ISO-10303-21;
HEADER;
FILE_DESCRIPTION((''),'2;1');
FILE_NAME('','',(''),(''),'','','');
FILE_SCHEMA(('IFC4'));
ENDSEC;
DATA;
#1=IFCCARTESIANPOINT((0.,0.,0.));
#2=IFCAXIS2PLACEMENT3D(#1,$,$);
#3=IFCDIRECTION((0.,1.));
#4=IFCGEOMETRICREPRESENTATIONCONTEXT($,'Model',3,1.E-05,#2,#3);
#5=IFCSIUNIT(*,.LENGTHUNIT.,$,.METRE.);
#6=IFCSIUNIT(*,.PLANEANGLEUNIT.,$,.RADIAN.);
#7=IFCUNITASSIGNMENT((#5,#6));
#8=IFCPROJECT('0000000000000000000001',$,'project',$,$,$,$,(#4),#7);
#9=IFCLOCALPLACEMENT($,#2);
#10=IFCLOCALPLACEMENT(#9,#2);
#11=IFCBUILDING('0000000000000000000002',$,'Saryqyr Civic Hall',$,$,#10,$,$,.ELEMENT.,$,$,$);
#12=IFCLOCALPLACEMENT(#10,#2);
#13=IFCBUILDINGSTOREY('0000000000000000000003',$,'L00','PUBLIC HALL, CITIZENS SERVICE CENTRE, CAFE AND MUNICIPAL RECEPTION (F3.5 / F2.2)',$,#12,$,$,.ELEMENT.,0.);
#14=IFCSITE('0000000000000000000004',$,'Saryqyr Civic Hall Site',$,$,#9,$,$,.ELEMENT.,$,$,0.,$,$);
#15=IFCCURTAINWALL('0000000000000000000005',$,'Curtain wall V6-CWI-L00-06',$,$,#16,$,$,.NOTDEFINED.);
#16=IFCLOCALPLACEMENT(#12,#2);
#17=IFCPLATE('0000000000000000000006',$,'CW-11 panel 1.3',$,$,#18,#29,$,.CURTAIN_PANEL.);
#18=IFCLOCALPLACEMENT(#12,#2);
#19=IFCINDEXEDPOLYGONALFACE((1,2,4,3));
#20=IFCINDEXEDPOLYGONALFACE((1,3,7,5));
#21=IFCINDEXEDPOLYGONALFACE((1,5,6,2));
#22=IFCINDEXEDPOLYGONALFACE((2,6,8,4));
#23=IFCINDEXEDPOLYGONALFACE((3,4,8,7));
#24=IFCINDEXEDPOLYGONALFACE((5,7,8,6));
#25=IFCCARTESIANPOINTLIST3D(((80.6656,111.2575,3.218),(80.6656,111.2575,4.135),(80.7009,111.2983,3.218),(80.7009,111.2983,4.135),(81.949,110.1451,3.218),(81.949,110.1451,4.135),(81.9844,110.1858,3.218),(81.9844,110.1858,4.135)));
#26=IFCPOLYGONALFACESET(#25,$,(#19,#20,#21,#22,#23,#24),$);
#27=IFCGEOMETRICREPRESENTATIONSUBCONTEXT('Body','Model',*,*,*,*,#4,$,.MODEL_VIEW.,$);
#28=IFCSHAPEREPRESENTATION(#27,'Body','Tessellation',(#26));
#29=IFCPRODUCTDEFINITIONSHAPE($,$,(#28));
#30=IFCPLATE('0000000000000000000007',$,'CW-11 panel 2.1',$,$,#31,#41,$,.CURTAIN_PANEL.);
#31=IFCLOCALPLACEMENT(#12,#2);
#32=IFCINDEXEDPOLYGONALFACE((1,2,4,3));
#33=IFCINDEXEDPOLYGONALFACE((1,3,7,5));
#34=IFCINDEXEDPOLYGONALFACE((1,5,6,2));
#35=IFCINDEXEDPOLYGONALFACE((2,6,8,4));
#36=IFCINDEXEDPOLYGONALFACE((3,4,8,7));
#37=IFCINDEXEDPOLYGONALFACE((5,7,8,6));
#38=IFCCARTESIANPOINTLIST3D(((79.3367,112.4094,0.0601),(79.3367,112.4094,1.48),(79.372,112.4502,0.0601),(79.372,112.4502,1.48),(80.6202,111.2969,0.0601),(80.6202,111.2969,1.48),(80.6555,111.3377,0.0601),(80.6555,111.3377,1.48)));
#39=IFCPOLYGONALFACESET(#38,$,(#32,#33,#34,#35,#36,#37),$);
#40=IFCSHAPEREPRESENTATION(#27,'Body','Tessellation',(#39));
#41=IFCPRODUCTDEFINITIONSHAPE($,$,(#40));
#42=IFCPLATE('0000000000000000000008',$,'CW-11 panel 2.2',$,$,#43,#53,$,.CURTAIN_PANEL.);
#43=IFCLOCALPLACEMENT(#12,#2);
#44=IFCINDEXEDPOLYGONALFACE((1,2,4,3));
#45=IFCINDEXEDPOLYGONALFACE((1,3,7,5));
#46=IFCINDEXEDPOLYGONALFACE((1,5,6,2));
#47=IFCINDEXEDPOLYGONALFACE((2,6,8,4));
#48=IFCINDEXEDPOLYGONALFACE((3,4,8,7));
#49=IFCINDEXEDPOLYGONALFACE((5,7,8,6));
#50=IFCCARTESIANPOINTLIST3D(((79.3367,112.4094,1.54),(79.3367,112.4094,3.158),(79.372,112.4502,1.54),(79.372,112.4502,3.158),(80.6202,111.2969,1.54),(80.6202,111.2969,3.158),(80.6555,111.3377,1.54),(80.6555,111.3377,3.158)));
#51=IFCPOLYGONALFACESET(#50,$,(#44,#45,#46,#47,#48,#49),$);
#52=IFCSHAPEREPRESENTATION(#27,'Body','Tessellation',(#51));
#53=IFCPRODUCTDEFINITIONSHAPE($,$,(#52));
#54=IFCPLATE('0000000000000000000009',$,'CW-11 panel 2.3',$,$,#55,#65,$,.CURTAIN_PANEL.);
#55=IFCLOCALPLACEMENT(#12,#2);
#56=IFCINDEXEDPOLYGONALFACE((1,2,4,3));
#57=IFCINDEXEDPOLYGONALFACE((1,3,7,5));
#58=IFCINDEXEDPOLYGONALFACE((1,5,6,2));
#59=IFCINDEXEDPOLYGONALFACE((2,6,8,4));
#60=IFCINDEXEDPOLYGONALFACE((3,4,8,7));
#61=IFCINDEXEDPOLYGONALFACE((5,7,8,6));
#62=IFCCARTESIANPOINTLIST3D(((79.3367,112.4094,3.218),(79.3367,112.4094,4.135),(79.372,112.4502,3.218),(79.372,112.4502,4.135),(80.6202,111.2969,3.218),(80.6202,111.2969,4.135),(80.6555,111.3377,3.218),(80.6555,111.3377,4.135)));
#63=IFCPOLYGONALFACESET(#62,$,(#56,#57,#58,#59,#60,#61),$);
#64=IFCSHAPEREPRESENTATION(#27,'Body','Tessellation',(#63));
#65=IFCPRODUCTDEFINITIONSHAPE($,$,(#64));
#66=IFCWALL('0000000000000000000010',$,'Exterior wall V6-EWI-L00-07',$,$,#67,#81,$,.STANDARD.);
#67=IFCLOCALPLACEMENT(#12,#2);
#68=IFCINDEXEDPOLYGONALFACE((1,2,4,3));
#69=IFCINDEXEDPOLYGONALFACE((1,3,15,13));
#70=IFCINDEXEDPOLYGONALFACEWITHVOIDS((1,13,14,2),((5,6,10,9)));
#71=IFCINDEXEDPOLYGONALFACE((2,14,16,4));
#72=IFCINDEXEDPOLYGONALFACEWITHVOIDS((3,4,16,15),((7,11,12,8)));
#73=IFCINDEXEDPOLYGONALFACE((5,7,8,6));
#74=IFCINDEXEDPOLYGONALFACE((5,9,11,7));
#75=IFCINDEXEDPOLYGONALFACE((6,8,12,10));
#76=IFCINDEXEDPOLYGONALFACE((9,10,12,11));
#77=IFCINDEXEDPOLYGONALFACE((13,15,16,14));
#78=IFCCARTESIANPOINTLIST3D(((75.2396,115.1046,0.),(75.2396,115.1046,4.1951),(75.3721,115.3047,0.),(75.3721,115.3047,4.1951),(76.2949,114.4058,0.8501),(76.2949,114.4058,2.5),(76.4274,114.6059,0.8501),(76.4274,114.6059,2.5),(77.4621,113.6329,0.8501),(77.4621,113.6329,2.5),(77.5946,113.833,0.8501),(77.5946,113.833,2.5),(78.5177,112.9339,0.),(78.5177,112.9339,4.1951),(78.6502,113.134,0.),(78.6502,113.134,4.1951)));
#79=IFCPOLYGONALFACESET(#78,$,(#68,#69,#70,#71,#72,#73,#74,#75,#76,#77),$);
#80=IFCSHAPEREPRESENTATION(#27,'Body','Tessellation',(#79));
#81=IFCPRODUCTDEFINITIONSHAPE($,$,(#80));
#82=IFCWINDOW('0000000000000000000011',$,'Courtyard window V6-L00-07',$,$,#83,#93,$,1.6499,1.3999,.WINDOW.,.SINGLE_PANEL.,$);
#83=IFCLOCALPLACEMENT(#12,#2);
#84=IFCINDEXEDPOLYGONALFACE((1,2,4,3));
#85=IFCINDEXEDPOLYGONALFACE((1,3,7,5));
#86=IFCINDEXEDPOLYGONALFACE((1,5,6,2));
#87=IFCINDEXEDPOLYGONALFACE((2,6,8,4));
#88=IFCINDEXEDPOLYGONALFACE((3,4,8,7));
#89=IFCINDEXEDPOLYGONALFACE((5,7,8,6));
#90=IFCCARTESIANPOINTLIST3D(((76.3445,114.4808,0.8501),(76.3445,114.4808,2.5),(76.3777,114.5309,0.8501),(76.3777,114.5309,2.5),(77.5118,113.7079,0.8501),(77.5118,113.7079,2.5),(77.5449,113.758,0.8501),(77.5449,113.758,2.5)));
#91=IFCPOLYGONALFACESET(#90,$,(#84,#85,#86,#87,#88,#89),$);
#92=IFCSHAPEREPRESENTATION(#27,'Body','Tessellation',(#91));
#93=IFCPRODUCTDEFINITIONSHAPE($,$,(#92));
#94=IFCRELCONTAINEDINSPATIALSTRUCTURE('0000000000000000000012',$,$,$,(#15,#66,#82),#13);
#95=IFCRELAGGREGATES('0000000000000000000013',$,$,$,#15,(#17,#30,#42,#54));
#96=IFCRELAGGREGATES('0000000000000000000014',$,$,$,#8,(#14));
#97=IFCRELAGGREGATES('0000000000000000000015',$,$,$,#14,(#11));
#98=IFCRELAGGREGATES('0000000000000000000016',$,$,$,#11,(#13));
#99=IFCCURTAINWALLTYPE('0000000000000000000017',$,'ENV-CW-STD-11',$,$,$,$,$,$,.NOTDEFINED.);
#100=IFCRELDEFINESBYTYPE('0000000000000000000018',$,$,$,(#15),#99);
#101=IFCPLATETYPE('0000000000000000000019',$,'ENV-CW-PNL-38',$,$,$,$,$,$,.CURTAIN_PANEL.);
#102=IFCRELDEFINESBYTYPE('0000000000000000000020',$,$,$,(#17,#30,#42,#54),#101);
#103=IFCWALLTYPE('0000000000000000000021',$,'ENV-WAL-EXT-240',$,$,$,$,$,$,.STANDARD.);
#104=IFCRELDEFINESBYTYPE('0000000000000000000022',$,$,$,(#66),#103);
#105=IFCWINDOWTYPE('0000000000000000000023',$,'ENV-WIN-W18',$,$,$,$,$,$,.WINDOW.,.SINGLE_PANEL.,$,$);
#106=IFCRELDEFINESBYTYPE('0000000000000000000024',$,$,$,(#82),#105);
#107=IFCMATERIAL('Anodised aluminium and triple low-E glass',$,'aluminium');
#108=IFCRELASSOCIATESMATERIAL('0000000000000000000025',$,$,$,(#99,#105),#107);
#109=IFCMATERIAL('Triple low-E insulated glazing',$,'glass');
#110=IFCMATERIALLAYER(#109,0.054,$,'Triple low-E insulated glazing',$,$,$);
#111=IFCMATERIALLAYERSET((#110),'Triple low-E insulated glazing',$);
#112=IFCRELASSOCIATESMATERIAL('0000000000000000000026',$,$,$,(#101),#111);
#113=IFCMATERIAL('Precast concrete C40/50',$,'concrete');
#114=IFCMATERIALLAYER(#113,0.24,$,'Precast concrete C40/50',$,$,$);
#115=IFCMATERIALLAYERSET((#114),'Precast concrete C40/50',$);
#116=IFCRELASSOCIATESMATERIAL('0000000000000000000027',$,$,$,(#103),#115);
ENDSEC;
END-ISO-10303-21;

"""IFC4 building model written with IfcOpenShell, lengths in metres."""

from ifc_helpers import new_model, si_unit, direction, frame, frame_2d, origin, origin_2d, place, context, subcontext, project, spatial, rectangle, extrude, material, layer, layer_set, type_object, element, fill, aggregate, save


model = new_model("IFC4")

# Units and contexts
model_context = context("Model", 3, precision=1e-05, world=origin(), true_north=direction((0.0, 1.0)))
body_context = subcontext(model_context, "Body", "Model", "MODEL_VIEW")
ifc_project = project(units=[si_unit("LENGTHUNIT", "METRE"), si_unit("PLANEANGLEUNIT", "RADIAN")], contexts=[model_context])

# Site, building, storey
site_placement = place(None, origin())
site = spatial("IfcSite", under=ifc_project, at=site_placement, Name="Saryqyr Civic Hall Site", CompositionType="ELEMENT", RefElevation=0.0)
building_placement = place(site_placement, origin())
building = spatial("IfcBuilding", under=site, at=building_placement, Name="Saryqyr Civic Hall", CompositionType="ELEMENT")
storey_placement = place(building_placement, origin())
storey = spatial("IfcBuildingStorey", under=building, at=storey_placement, Name="L00", Description="PUBLIC HALL, CITIZENS SERVICE CENTRE, CAFE AND MUNICIPAL RECEPTION (F3.5 / F2.2)", CompositionType="ELEMENT", Elevation=0.0)

# Curtain wall
ifc_material_1 = material(Name="Anodised aluminium and triple low-E glass", Category="aluminium")
curtain_wall_type = type_object("IfcCurtainWallType", Name="ENV-CW-STD-11", PredefinedType="NOTDEFINED", material=ifc_material_1)
curtain_wall_placement = place(storey_placement, origin())
curtain_wall = element("IfcCurtainWall", 1, at=curtain_wall_placement, inside=storey, type_object=curtain_wall_type, Name="Curtain wall V6-CWI-L00-06", PredefinedType="NOTDEFINED")

# Plates
ifc_material_2 = material(Name="Triple low-E insulated glazing", Category="glass")
ifc_layer_1 = layer(ifc_material_2, 0.054, Name="Triple low-E insulated glazing")
ifc_layer_set_1 = layer_set([ifc_layer_1], Name="Triple low-E insulated glazing")
plate_type = type_object("IfcPlateType", Name="ENV-CW-PNL-38", PredefinedType="CURTAIN_PANEL", material=ifc_layer_set_1)
plate_1_placement = place(storey_placement, frame((81.325, 110.7217, 3.218), z_axis=(0.0, 0.0, 1.0), x_axis=(-0.755649, 0.654976, 0.0)))
plate_1 = element("IfcPlate", 2, at=plate_1_placement, type_object=plate_type, Name="CW-11 panel 1.3", PredefinedType="CURTAIN_PANEL", context=body_context, shape_type="SweptSolid", body=[
    extrude(rectangle(XDim=1.6985, YDim=0.054, at=origin_2d()), origin(), (0.0, 0.0, 1.0), 0.917),
])
plate_2_placement = place(storey_placement, frame((79.9961, 111.8735, 0.0601), z_axis=(0.0, 0.0, 1.0), x_axis=(-0.755649, 0.654976, 0.0)))
plate_2 = element("IfcPlate", 3, at=plate_2_placement, type_object=plate_type, Name="CW-11 panel 2.1", PredefinedType="CURTAIN_PANEL", context=body_context, shape_type="SweptSolid", body=[
    extrude(rectangle(XDim=1.6985, YDim=0.054, at=origin_2d()), origin(), (0.0, 0.0, 1.0), 1.4199),
])
plate_3_placement = place(storey_placement, frame((79.9961, 111.8735, 1.54), z_axis=(0.0, 0.0, 1.0), x_axis=(-0.755649, 0.654976, 0.0)))
plate_3 = element("IfcPlate", 4, at=plate_3_placement, type_object=plate_type, Name="CW-11 panel 2.2", PredefinedType="CURTAIN_PANEL", context=body_context, shape_type="SweptSolid", body=[
    extrude(rectangle(XDim=1.6985, YDim=0.054, at=origin_2d()), origin(), (0.0, 0.0, 1.0), 1.6179),
])
plate_4_placement = place(storey_placement, frame((79.9961, 111.8735, 3.218), z_axis=(0.0, 0.0, 1.0), x_axis=(-0.755649, 0.654976, 0.0)))
plate_4 = element("IfcPlate", 5, at=plate_4_placement, type_object=plate_type, Name="CW-11 panel 2.3", PredefinedType="CURTAIN_PANEL", context=body_context, shape_type="SweptSolid", body=[
    extrude(rectangle(XDim=1.6985, YDim=0.054, at=origin_2d()), origin(), (0.0, 0.0, 1.0), 0.917),
])
aggregate(curtain_wall, [plate_1, plate_2, plate_3, plate_4])

# Wall, opening, window
ifc_material_3 = material(Name="Precast concrete C40/50", Category="concrete")
ifc_layer_2 = layer(ifc_material_3, 0.24, Name="Precast concrete C40/50")
ifc_layer_set_2 = layer_set([ifc_layer_2], Name="Precast concrete C40/50")
wall_type = type_object("IfcWallType", Name="ENV-WAL-EXT-240", PredefinedType="STANDARD", material=ifc_layer_set_2)
wall_placement = place(storey_placement, frame((78.584, 113.0339, 0.0), z_axis=(0.0, 0.0, 1.0), x_axis=(-0.833775, 0.552104, 0.0)))
wall = element("IfcWall", 6, at=wall_placement, inside=storey, type_object=wall_type, Name="Exterior wall V6-EWI-L00-07", PredefinedType="STANDARD", context=body_context, shape_type="SweptSolid", body=[
    extrude(rectangle(XDim=3.9316, YDim=0.24, at=frame_2d((1.9658, 0.0))), origin(), (0.0, 0.0, 1.0), 4.1951),
])
opening_placement = place(wall_placement, frame((1.2661, 0.0, 0.8501)))
opening = element("IfcOpeningElement", 7, at=opening_placement, cuts=wall, PredefinedType="OPENING", context=body_context, shape_type="SweptSolid", body=[
    extrude(rectangle(XDim=1.3999, YDim=1.6499, at=frame_2d((0.7, 0.825))), frame((0.0, 0.1299, 0.0), z_axis=(0.0, -1.0, 0.0), x_axis=(1.0, 0.0, 0.0)), (0.0, 0.0, 1.0), 0.26),
])
window_type = type_object("IfcWindowType", Name="ENV-WIN-W18", PartitioningType="SINGLE_PANEL", PredefinedType="WINDOW", material=ifc_material_1)
window_placement = place(opening_placement, origin())
window = element("IfcWindow", 8, at=window_placement, inside=storey, type_object=window_type, Name="Courtyard window V6-L00-07", OverallHeight=1.6499, OverallWidth=1.3999, PartitioningType="SINGLE_PANEL", PredefinedType="WINDOW", context=body_context, shape_type="SweptSolid", body=[
    extrude(rectangle(XDim=1.3999, YDim=1.6499, at=frame_2d((0.7, 0.825))), frame((0.0, 0.03, 0.0), z_axis=(0.0, -1.0, 0.0), x_axis=(1.0, 0.0, 0.0)), (0.0, 0.0, 1.0), 0.0601),
])
fill(opening, window)

save(model, "model.ifc")
